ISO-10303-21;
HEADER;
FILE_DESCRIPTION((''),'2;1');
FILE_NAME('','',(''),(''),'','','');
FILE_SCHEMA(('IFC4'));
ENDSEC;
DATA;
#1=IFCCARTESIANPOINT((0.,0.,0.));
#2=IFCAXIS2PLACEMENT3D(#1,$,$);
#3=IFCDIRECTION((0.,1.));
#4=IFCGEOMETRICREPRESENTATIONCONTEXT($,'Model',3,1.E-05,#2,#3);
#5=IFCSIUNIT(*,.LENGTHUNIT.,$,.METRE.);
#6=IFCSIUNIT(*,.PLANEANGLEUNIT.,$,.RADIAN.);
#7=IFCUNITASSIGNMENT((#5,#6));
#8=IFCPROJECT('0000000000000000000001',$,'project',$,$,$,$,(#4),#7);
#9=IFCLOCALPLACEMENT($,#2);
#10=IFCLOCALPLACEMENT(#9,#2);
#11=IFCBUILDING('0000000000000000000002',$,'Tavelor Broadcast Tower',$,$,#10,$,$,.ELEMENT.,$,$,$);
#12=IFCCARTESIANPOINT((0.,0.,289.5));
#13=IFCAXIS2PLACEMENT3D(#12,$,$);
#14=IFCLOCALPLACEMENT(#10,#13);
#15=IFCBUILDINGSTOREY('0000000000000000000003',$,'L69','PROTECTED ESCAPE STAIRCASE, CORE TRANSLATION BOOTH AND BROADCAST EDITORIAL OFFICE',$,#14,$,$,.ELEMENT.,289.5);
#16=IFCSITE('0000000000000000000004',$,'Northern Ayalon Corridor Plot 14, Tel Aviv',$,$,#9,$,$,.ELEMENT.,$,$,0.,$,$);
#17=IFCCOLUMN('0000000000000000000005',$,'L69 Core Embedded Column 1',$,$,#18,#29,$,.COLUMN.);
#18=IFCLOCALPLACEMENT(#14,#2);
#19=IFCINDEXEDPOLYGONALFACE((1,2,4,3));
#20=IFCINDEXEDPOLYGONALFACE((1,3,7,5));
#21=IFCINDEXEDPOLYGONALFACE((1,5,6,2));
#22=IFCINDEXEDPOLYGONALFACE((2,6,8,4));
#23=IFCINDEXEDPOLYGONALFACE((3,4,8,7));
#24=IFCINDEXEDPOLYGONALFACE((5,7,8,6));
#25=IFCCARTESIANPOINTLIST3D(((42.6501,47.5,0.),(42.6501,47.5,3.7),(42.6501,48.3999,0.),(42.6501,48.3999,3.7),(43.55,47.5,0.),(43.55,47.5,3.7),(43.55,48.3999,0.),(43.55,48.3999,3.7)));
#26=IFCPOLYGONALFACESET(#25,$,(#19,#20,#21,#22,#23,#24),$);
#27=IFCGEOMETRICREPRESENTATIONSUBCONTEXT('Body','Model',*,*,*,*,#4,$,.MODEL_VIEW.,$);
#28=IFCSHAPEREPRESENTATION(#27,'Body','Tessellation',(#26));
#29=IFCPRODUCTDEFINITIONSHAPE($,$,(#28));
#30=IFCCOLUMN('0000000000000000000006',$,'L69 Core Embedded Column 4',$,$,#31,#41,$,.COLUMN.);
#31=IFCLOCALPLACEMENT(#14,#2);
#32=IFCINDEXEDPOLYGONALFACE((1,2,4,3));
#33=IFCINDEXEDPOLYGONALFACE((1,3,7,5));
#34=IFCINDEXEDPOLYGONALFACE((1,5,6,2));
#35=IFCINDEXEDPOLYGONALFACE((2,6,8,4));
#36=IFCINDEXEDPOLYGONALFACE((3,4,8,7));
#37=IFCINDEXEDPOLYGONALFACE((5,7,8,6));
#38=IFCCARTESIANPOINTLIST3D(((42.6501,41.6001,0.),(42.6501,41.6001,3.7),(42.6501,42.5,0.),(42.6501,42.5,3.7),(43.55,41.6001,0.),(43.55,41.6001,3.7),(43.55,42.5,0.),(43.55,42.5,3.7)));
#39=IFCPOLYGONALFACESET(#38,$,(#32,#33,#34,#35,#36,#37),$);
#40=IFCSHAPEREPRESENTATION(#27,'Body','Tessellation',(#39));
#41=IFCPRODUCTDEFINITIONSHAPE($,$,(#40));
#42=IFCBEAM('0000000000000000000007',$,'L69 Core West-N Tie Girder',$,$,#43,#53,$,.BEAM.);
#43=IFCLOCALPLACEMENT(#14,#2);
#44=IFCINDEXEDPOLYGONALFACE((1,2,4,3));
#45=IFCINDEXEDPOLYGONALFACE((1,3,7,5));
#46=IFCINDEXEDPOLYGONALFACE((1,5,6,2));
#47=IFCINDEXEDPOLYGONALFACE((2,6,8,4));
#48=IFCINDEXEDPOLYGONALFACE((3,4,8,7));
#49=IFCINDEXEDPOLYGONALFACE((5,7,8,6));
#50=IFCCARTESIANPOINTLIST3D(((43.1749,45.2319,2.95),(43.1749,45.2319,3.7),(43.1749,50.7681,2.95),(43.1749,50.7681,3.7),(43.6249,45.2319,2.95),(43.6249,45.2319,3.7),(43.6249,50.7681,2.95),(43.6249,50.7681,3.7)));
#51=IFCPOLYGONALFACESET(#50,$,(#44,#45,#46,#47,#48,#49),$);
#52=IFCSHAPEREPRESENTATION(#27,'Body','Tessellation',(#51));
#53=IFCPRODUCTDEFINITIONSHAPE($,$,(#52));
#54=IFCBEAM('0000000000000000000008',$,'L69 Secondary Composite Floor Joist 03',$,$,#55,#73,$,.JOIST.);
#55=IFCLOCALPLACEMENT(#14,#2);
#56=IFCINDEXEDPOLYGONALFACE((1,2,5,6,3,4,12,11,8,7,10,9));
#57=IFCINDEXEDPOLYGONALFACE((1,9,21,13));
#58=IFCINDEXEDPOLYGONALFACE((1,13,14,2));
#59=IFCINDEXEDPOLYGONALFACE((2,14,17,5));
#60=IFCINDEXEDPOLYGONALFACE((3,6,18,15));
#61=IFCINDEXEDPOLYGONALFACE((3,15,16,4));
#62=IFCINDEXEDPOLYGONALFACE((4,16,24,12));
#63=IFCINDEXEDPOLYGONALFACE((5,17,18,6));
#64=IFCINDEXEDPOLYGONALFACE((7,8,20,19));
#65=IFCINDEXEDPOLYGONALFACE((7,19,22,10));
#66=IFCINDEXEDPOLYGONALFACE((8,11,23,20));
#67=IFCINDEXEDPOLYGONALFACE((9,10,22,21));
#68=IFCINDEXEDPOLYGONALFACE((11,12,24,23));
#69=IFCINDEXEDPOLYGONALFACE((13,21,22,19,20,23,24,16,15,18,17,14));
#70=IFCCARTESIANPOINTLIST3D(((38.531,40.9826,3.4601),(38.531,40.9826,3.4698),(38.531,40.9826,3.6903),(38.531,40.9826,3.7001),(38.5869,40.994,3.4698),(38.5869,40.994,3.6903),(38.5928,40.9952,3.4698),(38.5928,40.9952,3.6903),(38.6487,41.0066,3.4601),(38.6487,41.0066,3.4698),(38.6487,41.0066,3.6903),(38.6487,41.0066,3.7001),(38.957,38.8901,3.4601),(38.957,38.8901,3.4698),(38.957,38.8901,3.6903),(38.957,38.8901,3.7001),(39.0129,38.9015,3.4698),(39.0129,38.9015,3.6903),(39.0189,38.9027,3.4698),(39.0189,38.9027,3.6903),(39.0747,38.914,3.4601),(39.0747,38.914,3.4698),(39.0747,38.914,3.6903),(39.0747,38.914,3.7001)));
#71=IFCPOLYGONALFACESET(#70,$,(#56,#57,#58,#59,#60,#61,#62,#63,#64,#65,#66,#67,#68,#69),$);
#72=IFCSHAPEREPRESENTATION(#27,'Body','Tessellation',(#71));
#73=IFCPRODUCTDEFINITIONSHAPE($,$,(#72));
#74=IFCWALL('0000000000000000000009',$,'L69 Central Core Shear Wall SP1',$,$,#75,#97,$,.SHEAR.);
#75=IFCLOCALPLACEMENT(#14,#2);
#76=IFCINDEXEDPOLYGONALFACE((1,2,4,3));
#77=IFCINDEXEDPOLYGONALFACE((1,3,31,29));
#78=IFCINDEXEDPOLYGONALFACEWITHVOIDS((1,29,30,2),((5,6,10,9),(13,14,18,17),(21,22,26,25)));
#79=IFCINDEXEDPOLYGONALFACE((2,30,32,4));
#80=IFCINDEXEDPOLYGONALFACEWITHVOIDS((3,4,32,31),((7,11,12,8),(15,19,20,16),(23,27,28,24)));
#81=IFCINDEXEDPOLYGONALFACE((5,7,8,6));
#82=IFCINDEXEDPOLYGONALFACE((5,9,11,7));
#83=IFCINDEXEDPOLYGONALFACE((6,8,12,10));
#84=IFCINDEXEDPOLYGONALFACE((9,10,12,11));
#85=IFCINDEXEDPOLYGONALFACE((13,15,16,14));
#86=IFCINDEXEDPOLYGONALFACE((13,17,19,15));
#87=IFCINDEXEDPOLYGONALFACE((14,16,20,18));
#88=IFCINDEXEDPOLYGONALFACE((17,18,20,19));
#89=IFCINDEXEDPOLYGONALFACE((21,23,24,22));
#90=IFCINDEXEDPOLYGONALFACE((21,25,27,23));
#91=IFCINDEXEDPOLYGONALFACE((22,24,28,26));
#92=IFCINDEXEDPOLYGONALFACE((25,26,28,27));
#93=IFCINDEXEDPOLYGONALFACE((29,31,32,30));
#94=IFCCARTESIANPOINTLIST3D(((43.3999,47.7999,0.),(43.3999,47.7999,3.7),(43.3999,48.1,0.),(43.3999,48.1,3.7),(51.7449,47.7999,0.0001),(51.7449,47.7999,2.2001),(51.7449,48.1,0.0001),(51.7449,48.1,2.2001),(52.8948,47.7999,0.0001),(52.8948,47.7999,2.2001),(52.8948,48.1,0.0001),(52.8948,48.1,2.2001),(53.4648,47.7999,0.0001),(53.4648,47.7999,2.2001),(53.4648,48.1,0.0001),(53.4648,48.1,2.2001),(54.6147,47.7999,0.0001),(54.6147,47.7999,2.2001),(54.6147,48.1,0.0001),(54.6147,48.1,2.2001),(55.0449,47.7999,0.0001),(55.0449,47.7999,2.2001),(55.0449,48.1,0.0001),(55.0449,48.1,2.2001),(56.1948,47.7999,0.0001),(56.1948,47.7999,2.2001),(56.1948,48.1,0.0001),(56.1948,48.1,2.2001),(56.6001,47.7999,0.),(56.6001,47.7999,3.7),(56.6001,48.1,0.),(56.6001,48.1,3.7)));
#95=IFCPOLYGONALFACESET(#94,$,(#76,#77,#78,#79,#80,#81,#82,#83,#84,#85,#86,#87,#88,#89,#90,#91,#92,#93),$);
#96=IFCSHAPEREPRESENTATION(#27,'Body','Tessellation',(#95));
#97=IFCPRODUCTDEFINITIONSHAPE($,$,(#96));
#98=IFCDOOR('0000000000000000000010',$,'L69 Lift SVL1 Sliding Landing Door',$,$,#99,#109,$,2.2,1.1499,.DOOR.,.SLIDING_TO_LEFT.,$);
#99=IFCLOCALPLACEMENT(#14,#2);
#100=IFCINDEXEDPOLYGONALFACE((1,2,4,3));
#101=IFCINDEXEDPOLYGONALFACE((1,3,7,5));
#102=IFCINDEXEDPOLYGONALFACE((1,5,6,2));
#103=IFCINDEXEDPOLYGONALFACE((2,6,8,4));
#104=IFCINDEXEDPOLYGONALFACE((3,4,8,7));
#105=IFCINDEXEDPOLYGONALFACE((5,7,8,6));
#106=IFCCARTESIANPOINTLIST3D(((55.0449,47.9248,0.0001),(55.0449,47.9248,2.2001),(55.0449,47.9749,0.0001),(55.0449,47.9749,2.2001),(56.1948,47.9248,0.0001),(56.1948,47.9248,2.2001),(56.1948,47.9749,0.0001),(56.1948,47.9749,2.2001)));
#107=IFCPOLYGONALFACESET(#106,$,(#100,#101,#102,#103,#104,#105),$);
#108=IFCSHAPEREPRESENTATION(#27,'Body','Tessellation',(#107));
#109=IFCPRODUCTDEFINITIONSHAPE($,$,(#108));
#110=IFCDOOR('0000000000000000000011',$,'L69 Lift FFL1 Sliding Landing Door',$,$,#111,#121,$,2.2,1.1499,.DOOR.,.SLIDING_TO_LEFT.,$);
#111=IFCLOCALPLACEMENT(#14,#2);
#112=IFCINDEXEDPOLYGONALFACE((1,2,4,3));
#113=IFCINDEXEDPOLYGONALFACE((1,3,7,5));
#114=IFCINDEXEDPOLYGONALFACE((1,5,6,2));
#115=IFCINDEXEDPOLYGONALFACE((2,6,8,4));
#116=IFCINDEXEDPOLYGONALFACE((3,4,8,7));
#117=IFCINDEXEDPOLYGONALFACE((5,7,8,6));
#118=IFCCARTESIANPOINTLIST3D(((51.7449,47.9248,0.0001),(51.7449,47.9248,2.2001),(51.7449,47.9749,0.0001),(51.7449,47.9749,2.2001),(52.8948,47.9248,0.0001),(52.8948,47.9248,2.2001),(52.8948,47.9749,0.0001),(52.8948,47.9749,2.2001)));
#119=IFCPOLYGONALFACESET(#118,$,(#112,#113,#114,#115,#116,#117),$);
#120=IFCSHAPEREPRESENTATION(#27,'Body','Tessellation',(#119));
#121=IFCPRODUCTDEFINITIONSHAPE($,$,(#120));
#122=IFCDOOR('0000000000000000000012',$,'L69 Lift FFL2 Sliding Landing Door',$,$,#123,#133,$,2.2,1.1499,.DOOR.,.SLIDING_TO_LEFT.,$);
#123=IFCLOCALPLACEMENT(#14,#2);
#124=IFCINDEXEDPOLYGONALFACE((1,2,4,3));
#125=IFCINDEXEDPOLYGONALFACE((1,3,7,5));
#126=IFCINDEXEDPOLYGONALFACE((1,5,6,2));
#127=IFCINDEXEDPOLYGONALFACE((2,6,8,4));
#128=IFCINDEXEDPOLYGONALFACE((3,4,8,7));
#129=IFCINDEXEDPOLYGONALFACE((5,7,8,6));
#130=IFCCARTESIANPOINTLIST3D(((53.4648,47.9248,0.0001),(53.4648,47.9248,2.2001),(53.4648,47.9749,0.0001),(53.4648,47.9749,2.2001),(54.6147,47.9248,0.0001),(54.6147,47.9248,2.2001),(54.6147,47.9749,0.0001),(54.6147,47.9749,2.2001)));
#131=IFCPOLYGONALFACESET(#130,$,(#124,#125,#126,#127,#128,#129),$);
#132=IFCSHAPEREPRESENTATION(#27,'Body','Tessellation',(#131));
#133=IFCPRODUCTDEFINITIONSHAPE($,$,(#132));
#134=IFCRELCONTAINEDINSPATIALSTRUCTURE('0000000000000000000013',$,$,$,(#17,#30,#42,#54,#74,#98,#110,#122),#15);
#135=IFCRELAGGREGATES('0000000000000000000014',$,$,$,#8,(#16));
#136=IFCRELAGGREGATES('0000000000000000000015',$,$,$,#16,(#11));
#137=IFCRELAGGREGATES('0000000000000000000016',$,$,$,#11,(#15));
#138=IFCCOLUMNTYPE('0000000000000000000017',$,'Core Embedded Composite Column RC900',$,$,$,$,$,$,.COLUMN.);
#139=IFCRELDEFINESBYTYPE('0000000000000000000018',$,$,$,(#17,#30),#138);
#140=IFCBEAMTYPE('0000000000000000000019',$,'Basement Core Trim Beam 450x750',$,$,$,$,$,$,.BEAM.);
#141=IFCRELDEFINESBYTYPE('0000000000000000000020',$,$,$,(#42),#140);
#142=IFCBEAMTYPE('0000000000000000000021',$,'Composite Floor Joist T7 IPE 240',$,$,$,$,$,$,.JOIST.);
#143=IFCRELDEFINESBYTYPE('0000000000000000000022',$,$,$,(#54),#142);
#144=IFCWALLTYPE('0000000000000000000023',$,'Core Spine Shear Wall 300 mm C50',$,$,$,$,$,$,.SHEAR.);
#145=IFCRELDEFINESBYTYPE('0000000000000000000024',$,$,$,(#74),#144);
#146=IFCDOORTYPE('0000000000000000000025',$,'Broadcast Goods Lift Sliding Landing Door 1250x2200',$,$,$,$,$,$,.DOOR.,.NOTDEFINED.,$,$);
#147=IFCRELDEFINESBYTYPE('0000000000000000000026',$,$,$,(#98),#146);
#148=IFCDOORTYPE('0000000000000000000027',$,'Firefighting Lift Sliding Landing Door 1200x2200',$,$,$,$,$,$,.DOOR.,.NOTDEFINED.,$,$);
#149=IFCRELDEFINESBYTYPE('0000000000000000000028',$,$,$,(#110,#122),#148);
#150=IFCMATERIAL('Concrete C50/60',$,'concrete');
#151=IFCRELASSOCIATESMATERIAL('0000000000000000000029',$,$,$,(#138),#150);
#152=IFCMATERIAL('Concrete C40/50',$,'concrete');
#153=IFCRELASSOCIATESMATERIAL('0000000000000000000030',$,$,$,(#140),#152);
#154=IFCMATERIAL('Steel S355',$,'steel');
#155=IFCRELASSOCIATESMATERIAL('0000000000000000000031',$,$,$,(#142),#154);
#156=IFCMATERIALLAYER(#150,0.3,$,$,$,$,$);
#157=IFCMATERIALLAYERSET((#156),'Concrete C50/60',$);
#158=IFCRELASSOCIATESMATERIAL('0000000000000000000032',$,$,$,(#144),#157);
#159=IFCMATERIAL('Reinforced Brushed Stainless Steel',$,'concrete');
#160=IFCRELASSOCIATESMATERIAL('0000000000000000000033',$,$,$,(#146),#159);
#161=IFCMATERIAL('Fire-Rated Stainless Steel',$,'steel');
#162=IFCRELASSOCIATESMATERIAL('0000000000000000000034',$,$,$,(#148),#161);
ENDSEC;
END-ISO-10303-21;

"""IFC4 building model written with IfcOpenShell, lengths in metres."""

from ifc_helpers import new_model, si_unit, direction, frame, frame_2d, origin, origin_2d, place, context, subcontext, project, spatial, rectangle, i_section, extrude, material, layer, layer_set, material_profile, profile_set, type_object, element, fill, save


model = new_model("IFC4")

# Units and contexts
model_context = context("Model", 3, precision=1e-05, world=origin(), true_north=direction((0.0, 1.0)))
body_context = subcontext(model_context, "Body", "Model", "MODEL_VIEW")
ifc_project = project(units=[si_unit("LENGTHUNIT", "METRE"), si_unit("PLANEANGLEUNIT", "RADIAN")], contexts=[model_context])

# Site, building, storey
site_placement = place(None, origin())
site = spatial("IfcSite", under=ifc_project, at=site_placement, Name="Northern Ayalon Corridor Plot 14, Tel Aviv", CompositionType="ELEMENT", RefElevation=0.0)
building_placement = place(site_placement, origin())
building = spatial("IfcBuilding", under=site, at=building_placement, Name="Tavelor Broadcast Tower", CompositionType="ELEMENT")
storey_placement = place(building_placement, frame((0.0, 0.0, 289.5)))
storey = spatial("IfcBuildingStorey", under=building, at=storey_placement, Name="L69", Description="PROTECTED ESCAPE STAIRCASE, CORE TRANSLATION BOOTH AND BROADCAST EDITORIAL OFFICE", CompositionType="ELEMENT", Elevation=289.5)

# Columns
ifc_material_1 = material(Name="Concrete C50/60", Category="concrete")
ifc_material_profile_1 = material_profile(ifc_material_1, rectangle(XDim=0.8999, YDim=0.8999, at=origin_2d()), Name="RC 900x900")
ifc_profile_set_1 = profile_set([ifc_material_profile_1], Name="Concrete C50/60")
column_type = type_object("IfcColumnType", Name="Core Embedded Composite Column RC900", PredefinedType="COLUMN", material=ifc_profile_set_1)
for number, where, z_axis, x_axis, name in (
    (1, (43.1001, 47.95, 0.0), (0.0, 0.0, 1.0), (1.0, 0.0, 0.0), "L69 Core Embedded Column 1"),
    (2, (43.1001, 42.05, 0.0), (0.0, 0.0, 1.0), (1.0, 0.0, 0.0), "L69 Core Embedded Column 4"),
):
    element("IfcColumn", number, at=place(storey_placement, frame(where, z_axis=z_axis, x_axis=x_axis)), inside=storey, type_object=column_type, Name=name, PredefinedType="COLUMN", context=body_context, shape_type="SweptSolid", body=[
        extrude(rectangle(XDim=0.8999, YDim=0.8999, at=origin_2d()), origin(), (0.0, 0.0, 1.0), 3.7),
    ])

# Beams
ifc_material_2 = material(Name="Concrete C40/50", Category="concrete")
ifc_material_profile_2 = material_profile(ifc_material_2, rectangle(XDim=0.45, YDim=0.75, at=origin_2d()), Name="RC 450x750")
ifc_profile_set_2 = profile_set([ifc_material_profile_2], Name="Concrete C40/50")
beam_type_1 = type_object("IfcBeamType", Name="Basement Core Trim Beam 450x750", PredefinedType="BEAM", material=ifc_profile_set_2)
beam_1_placement = place(storey_placement, frame((43.3999, 45.2319, 3.325), z_axis=(0.0, 1.0, 0.0), x_axis=(-1.0, 0.0, 0.0)))
element("IfcBeam", 3, at=beam_1_placement, inside=storey, type_object=beam_type_1, Name="L69 Core West-N Tie Girder", PredefinedType="BEAM", context=body_context, shape_type="SweptSolid", body=[
    extrude(rectangle(XDim=0.45, YDim=0.75, at=origin_2d()), origin(), (0.0, 0.0, 1.0), 5.5361),
])
ifc_material_3 = material(Name="Steel S355", Category="steel")
ifc_material_profile_3 = material_profile(ifc_material_3, i_section(OverallWidth=0.1201, OverallDepth=0.24, WebThickness=0.0061, FlangeThickness=0.0098, at=origin_2d()), Name="IPE 240")
ifc_profile_set_3 = profile_set([ifc_material_profile_3], Name="Steel S355")
beam_type_2 = type_object("IfcBeamType", Name="Composite Floor Joist T7 IPE 240", PredefinedType="JOIST", material=ifc_profile_set_3)
beam_2_placement = place(storey_placement, frame((38.5898, 40.9946, 3.5801), z_axis=(0.199501, -0.979898, 0.0), x_axis=(0.979898, 0.199501, 0.0)))
element("IfcBeam", 4, at=beam_2_placement, inside=storey, type_object=beam_type_2, Name="L69 Secondary Composite Floor Joist 03", PredefinedType="JOIST", context=body_context, shape_type="SweptSolid", body=[
    extrude(i_section(OverallWidth=0.1201, OverallDepth=0.24, WebThickness=0.0061, FlangeThickness=0.0098, at=origin_2d()), origin(), (0.0, 0.0, 1.0), 2.1355),
])

# Wall, openings, doors
ifc_layer_1 = layer(ifc_material_1, 0.3)
ifc_layer_set_1 = layer_set([ifc_layer_1], Name="Concrete C50/60")
wall_type_1 = type_object("IfcWallType", Name="Core Spine Shear Wall 300 mm C50", PredefinedType="SHEAR", material=ifc_layer_set_1)
wall_1_placement = place(storey_placement, frame((43.3999, 47.95, 0.0), z_axis=(0.0, 0.0, 1.0), x_axis=(1.0, 0.0, 0.0)))
wall_1 = element("IfcWall", 5, at=wall_1_placement, inside=storey, type_object=wall_type_1, Name="L69 Central Core Shear Wall SP1", PredefinedType="SHEAR", context=body_context, shape_type="SweptSolid", body=[
    extrude(rectangle(XDim=13.2002, YDim=0.3, at=frame_2d((6.6001, 0.0))), origin(), (0.0, 0.0, 1.0), 3.7),
])
opening_1_placement = place(wall_1_placement, frame((8.345, 0.0, 0.0)))
opening_1 = element("IfcOpeningElement", 6, at=opening_1_placement, cuts=wall_1, PredefinedType="OPENING", context=body_context, shape_type="SweptSolid", body=[
    extrude(rectangle(XDim=1.1499, YDim=2.2, at=frame_2d((0.575, 1.1001))), frame((0.0, 0.1602, 0.0), z_axis=(0.0, -1.0, 0.0), x_axis=(1.0, 0.0, 0.0)), (0.0, 0.0, 1.0), 0.3201),
])
opening_2_placement = place(wall_1_placement, frame((10.0649, 0.0, 0.0)))
opening_2 = element("IfcOpeningElement", 7, at=opening_2_placement, cuts=wall_1, PredefinedType="OPENING", context=body_context, shape_type="SweptSolid", body=[
    extrude(rectangle(XDim=1.1499, YDim=2.2, at=frame_2d((0.575, 1.1001))), frame((0.0, 0.1602, 0.0), z_axis=(0.0, -1.0, 0.0), x_axis=(1.0, 0.0, 0.0)), (0.0, 0.0, 1.0), 0.3201),
])
opening_3_placement = place(wall_1_placement, frame((11.645, 0.0, 0.0)))
opening_3 = element("IfcOpeningElement", 8, at=opening_3_placement, cuts=wall_1, PredefinedType="OPENING", context=body_context, shape_type="SweptSolid", body=[
    extrude(rectangle(XDim=1.1499, YDim=2.2, at=frame_2d((0.575, 1.1001))), frame((0.0, 0.1602, 0.0), z_axis=(0.0, -1.0, 0.0), x_axis=(1.0, 0.0, 0.0)), (0.0, 0.0, 1.0), 0.3201),
])
ifc_material_4 = material(Name="Reinforced Brushed Stainless Steel", Category="concrete")
door_type_1 = type_object("IfcDoorType", Name="Broadcast Goods Lift Sliding Landing Door 1250x2200", OperationType="NOTDEFINED", PredefinedType="DOOR", material=ifc_material_4)
door_1_placement = place(opening_3_placement, origin())
door_1 = element("IfcDoor", 9, at=door_1_placement, inside=storey, type_object=door_type_1, Name="L69 Lift SVL1 Sliding Landing Door", OperationType="SLIDING_TO_LEFT", OverallHeight=2.2, OverallWidth=1.1499, PredefinedType="DOOR", context=body_context, shape_type="SweptSolid", body=[
    extrude(rectangle(XDim=1.1499, YDim=2.2, at=frame_2d((0.575, 1.1001))), frame((0.0, 0.0249, 0.0), z_axis=(0.0, -1.0, 0.0), x_axis=(1.0, 0.0, 0.0)), (0.0, 0.0, 1.0), 0.05),
])
fill(opening_3, door_1)
ifc_material_5 = material(Name="Fire-Rated Stainless Steel", Category="steel")
door_type_2 = type_object("IfcDoorType", Name="Firefighting Lift Sliding Landing Door 1200x2200", OperationType="NOTDEFINED", PredefinedType="DOOR", material=ifc_material_5)
door_2_placement = place(opening_1_placement, origin())
door_2 = element("IfcDoor", 10, at=door_2_placement, inside=storey, type_object=door_type_2, Name="L69 Lift FFL1 Sliding Landing Door", OperationType="SLIDING_TO_LEFT", OverallHeight=2.2, OverallWidth=1.1499, PredefinedType="DOOR", context=body_context, shape_type="SweptSolid", body=[
    extrude(rectangle(XDim=1.1499, YDim=2.2, at=frame_2d((0.575, 1.1001))), frame((0.0, 0.0249, 0.0), z_axis=(0.0, -1.0, 0.0), x_axis=(1.0, 0.0, 0.0)), (0.0, 0.0, 1.0), 0.05),
])
fill(opening_1, door_2)
door_3_placement = place(opening_2_placement, origin())
door_3 = element("IfcDoor", 11, at=door_3_placement, inside=storey, type_object=door_type_2, Name="L69 Lift FFL2 Sliding Landing Door", OperationType="SLIDING_TO_LEFT", OverallHeight=2.2, OverallWidth=1.1499, PredefinedType="DOOR", context=body_context, shape_type="SweptSolid", body=[
    extrude(rectangle(XDim=1.1499, YDim=2.2, at=frame_2d((0.575, 1.1001))), frame((0.0, 0.0249, 0.0), z_axis=(0.0, -1.0, 0.0), x_axis=(1.0, 0.0, 0.0)), (0.0, 0.0, 1.0), 0.05),
])
fill(opening_2, door_3)

save(model, "model.ifc")
